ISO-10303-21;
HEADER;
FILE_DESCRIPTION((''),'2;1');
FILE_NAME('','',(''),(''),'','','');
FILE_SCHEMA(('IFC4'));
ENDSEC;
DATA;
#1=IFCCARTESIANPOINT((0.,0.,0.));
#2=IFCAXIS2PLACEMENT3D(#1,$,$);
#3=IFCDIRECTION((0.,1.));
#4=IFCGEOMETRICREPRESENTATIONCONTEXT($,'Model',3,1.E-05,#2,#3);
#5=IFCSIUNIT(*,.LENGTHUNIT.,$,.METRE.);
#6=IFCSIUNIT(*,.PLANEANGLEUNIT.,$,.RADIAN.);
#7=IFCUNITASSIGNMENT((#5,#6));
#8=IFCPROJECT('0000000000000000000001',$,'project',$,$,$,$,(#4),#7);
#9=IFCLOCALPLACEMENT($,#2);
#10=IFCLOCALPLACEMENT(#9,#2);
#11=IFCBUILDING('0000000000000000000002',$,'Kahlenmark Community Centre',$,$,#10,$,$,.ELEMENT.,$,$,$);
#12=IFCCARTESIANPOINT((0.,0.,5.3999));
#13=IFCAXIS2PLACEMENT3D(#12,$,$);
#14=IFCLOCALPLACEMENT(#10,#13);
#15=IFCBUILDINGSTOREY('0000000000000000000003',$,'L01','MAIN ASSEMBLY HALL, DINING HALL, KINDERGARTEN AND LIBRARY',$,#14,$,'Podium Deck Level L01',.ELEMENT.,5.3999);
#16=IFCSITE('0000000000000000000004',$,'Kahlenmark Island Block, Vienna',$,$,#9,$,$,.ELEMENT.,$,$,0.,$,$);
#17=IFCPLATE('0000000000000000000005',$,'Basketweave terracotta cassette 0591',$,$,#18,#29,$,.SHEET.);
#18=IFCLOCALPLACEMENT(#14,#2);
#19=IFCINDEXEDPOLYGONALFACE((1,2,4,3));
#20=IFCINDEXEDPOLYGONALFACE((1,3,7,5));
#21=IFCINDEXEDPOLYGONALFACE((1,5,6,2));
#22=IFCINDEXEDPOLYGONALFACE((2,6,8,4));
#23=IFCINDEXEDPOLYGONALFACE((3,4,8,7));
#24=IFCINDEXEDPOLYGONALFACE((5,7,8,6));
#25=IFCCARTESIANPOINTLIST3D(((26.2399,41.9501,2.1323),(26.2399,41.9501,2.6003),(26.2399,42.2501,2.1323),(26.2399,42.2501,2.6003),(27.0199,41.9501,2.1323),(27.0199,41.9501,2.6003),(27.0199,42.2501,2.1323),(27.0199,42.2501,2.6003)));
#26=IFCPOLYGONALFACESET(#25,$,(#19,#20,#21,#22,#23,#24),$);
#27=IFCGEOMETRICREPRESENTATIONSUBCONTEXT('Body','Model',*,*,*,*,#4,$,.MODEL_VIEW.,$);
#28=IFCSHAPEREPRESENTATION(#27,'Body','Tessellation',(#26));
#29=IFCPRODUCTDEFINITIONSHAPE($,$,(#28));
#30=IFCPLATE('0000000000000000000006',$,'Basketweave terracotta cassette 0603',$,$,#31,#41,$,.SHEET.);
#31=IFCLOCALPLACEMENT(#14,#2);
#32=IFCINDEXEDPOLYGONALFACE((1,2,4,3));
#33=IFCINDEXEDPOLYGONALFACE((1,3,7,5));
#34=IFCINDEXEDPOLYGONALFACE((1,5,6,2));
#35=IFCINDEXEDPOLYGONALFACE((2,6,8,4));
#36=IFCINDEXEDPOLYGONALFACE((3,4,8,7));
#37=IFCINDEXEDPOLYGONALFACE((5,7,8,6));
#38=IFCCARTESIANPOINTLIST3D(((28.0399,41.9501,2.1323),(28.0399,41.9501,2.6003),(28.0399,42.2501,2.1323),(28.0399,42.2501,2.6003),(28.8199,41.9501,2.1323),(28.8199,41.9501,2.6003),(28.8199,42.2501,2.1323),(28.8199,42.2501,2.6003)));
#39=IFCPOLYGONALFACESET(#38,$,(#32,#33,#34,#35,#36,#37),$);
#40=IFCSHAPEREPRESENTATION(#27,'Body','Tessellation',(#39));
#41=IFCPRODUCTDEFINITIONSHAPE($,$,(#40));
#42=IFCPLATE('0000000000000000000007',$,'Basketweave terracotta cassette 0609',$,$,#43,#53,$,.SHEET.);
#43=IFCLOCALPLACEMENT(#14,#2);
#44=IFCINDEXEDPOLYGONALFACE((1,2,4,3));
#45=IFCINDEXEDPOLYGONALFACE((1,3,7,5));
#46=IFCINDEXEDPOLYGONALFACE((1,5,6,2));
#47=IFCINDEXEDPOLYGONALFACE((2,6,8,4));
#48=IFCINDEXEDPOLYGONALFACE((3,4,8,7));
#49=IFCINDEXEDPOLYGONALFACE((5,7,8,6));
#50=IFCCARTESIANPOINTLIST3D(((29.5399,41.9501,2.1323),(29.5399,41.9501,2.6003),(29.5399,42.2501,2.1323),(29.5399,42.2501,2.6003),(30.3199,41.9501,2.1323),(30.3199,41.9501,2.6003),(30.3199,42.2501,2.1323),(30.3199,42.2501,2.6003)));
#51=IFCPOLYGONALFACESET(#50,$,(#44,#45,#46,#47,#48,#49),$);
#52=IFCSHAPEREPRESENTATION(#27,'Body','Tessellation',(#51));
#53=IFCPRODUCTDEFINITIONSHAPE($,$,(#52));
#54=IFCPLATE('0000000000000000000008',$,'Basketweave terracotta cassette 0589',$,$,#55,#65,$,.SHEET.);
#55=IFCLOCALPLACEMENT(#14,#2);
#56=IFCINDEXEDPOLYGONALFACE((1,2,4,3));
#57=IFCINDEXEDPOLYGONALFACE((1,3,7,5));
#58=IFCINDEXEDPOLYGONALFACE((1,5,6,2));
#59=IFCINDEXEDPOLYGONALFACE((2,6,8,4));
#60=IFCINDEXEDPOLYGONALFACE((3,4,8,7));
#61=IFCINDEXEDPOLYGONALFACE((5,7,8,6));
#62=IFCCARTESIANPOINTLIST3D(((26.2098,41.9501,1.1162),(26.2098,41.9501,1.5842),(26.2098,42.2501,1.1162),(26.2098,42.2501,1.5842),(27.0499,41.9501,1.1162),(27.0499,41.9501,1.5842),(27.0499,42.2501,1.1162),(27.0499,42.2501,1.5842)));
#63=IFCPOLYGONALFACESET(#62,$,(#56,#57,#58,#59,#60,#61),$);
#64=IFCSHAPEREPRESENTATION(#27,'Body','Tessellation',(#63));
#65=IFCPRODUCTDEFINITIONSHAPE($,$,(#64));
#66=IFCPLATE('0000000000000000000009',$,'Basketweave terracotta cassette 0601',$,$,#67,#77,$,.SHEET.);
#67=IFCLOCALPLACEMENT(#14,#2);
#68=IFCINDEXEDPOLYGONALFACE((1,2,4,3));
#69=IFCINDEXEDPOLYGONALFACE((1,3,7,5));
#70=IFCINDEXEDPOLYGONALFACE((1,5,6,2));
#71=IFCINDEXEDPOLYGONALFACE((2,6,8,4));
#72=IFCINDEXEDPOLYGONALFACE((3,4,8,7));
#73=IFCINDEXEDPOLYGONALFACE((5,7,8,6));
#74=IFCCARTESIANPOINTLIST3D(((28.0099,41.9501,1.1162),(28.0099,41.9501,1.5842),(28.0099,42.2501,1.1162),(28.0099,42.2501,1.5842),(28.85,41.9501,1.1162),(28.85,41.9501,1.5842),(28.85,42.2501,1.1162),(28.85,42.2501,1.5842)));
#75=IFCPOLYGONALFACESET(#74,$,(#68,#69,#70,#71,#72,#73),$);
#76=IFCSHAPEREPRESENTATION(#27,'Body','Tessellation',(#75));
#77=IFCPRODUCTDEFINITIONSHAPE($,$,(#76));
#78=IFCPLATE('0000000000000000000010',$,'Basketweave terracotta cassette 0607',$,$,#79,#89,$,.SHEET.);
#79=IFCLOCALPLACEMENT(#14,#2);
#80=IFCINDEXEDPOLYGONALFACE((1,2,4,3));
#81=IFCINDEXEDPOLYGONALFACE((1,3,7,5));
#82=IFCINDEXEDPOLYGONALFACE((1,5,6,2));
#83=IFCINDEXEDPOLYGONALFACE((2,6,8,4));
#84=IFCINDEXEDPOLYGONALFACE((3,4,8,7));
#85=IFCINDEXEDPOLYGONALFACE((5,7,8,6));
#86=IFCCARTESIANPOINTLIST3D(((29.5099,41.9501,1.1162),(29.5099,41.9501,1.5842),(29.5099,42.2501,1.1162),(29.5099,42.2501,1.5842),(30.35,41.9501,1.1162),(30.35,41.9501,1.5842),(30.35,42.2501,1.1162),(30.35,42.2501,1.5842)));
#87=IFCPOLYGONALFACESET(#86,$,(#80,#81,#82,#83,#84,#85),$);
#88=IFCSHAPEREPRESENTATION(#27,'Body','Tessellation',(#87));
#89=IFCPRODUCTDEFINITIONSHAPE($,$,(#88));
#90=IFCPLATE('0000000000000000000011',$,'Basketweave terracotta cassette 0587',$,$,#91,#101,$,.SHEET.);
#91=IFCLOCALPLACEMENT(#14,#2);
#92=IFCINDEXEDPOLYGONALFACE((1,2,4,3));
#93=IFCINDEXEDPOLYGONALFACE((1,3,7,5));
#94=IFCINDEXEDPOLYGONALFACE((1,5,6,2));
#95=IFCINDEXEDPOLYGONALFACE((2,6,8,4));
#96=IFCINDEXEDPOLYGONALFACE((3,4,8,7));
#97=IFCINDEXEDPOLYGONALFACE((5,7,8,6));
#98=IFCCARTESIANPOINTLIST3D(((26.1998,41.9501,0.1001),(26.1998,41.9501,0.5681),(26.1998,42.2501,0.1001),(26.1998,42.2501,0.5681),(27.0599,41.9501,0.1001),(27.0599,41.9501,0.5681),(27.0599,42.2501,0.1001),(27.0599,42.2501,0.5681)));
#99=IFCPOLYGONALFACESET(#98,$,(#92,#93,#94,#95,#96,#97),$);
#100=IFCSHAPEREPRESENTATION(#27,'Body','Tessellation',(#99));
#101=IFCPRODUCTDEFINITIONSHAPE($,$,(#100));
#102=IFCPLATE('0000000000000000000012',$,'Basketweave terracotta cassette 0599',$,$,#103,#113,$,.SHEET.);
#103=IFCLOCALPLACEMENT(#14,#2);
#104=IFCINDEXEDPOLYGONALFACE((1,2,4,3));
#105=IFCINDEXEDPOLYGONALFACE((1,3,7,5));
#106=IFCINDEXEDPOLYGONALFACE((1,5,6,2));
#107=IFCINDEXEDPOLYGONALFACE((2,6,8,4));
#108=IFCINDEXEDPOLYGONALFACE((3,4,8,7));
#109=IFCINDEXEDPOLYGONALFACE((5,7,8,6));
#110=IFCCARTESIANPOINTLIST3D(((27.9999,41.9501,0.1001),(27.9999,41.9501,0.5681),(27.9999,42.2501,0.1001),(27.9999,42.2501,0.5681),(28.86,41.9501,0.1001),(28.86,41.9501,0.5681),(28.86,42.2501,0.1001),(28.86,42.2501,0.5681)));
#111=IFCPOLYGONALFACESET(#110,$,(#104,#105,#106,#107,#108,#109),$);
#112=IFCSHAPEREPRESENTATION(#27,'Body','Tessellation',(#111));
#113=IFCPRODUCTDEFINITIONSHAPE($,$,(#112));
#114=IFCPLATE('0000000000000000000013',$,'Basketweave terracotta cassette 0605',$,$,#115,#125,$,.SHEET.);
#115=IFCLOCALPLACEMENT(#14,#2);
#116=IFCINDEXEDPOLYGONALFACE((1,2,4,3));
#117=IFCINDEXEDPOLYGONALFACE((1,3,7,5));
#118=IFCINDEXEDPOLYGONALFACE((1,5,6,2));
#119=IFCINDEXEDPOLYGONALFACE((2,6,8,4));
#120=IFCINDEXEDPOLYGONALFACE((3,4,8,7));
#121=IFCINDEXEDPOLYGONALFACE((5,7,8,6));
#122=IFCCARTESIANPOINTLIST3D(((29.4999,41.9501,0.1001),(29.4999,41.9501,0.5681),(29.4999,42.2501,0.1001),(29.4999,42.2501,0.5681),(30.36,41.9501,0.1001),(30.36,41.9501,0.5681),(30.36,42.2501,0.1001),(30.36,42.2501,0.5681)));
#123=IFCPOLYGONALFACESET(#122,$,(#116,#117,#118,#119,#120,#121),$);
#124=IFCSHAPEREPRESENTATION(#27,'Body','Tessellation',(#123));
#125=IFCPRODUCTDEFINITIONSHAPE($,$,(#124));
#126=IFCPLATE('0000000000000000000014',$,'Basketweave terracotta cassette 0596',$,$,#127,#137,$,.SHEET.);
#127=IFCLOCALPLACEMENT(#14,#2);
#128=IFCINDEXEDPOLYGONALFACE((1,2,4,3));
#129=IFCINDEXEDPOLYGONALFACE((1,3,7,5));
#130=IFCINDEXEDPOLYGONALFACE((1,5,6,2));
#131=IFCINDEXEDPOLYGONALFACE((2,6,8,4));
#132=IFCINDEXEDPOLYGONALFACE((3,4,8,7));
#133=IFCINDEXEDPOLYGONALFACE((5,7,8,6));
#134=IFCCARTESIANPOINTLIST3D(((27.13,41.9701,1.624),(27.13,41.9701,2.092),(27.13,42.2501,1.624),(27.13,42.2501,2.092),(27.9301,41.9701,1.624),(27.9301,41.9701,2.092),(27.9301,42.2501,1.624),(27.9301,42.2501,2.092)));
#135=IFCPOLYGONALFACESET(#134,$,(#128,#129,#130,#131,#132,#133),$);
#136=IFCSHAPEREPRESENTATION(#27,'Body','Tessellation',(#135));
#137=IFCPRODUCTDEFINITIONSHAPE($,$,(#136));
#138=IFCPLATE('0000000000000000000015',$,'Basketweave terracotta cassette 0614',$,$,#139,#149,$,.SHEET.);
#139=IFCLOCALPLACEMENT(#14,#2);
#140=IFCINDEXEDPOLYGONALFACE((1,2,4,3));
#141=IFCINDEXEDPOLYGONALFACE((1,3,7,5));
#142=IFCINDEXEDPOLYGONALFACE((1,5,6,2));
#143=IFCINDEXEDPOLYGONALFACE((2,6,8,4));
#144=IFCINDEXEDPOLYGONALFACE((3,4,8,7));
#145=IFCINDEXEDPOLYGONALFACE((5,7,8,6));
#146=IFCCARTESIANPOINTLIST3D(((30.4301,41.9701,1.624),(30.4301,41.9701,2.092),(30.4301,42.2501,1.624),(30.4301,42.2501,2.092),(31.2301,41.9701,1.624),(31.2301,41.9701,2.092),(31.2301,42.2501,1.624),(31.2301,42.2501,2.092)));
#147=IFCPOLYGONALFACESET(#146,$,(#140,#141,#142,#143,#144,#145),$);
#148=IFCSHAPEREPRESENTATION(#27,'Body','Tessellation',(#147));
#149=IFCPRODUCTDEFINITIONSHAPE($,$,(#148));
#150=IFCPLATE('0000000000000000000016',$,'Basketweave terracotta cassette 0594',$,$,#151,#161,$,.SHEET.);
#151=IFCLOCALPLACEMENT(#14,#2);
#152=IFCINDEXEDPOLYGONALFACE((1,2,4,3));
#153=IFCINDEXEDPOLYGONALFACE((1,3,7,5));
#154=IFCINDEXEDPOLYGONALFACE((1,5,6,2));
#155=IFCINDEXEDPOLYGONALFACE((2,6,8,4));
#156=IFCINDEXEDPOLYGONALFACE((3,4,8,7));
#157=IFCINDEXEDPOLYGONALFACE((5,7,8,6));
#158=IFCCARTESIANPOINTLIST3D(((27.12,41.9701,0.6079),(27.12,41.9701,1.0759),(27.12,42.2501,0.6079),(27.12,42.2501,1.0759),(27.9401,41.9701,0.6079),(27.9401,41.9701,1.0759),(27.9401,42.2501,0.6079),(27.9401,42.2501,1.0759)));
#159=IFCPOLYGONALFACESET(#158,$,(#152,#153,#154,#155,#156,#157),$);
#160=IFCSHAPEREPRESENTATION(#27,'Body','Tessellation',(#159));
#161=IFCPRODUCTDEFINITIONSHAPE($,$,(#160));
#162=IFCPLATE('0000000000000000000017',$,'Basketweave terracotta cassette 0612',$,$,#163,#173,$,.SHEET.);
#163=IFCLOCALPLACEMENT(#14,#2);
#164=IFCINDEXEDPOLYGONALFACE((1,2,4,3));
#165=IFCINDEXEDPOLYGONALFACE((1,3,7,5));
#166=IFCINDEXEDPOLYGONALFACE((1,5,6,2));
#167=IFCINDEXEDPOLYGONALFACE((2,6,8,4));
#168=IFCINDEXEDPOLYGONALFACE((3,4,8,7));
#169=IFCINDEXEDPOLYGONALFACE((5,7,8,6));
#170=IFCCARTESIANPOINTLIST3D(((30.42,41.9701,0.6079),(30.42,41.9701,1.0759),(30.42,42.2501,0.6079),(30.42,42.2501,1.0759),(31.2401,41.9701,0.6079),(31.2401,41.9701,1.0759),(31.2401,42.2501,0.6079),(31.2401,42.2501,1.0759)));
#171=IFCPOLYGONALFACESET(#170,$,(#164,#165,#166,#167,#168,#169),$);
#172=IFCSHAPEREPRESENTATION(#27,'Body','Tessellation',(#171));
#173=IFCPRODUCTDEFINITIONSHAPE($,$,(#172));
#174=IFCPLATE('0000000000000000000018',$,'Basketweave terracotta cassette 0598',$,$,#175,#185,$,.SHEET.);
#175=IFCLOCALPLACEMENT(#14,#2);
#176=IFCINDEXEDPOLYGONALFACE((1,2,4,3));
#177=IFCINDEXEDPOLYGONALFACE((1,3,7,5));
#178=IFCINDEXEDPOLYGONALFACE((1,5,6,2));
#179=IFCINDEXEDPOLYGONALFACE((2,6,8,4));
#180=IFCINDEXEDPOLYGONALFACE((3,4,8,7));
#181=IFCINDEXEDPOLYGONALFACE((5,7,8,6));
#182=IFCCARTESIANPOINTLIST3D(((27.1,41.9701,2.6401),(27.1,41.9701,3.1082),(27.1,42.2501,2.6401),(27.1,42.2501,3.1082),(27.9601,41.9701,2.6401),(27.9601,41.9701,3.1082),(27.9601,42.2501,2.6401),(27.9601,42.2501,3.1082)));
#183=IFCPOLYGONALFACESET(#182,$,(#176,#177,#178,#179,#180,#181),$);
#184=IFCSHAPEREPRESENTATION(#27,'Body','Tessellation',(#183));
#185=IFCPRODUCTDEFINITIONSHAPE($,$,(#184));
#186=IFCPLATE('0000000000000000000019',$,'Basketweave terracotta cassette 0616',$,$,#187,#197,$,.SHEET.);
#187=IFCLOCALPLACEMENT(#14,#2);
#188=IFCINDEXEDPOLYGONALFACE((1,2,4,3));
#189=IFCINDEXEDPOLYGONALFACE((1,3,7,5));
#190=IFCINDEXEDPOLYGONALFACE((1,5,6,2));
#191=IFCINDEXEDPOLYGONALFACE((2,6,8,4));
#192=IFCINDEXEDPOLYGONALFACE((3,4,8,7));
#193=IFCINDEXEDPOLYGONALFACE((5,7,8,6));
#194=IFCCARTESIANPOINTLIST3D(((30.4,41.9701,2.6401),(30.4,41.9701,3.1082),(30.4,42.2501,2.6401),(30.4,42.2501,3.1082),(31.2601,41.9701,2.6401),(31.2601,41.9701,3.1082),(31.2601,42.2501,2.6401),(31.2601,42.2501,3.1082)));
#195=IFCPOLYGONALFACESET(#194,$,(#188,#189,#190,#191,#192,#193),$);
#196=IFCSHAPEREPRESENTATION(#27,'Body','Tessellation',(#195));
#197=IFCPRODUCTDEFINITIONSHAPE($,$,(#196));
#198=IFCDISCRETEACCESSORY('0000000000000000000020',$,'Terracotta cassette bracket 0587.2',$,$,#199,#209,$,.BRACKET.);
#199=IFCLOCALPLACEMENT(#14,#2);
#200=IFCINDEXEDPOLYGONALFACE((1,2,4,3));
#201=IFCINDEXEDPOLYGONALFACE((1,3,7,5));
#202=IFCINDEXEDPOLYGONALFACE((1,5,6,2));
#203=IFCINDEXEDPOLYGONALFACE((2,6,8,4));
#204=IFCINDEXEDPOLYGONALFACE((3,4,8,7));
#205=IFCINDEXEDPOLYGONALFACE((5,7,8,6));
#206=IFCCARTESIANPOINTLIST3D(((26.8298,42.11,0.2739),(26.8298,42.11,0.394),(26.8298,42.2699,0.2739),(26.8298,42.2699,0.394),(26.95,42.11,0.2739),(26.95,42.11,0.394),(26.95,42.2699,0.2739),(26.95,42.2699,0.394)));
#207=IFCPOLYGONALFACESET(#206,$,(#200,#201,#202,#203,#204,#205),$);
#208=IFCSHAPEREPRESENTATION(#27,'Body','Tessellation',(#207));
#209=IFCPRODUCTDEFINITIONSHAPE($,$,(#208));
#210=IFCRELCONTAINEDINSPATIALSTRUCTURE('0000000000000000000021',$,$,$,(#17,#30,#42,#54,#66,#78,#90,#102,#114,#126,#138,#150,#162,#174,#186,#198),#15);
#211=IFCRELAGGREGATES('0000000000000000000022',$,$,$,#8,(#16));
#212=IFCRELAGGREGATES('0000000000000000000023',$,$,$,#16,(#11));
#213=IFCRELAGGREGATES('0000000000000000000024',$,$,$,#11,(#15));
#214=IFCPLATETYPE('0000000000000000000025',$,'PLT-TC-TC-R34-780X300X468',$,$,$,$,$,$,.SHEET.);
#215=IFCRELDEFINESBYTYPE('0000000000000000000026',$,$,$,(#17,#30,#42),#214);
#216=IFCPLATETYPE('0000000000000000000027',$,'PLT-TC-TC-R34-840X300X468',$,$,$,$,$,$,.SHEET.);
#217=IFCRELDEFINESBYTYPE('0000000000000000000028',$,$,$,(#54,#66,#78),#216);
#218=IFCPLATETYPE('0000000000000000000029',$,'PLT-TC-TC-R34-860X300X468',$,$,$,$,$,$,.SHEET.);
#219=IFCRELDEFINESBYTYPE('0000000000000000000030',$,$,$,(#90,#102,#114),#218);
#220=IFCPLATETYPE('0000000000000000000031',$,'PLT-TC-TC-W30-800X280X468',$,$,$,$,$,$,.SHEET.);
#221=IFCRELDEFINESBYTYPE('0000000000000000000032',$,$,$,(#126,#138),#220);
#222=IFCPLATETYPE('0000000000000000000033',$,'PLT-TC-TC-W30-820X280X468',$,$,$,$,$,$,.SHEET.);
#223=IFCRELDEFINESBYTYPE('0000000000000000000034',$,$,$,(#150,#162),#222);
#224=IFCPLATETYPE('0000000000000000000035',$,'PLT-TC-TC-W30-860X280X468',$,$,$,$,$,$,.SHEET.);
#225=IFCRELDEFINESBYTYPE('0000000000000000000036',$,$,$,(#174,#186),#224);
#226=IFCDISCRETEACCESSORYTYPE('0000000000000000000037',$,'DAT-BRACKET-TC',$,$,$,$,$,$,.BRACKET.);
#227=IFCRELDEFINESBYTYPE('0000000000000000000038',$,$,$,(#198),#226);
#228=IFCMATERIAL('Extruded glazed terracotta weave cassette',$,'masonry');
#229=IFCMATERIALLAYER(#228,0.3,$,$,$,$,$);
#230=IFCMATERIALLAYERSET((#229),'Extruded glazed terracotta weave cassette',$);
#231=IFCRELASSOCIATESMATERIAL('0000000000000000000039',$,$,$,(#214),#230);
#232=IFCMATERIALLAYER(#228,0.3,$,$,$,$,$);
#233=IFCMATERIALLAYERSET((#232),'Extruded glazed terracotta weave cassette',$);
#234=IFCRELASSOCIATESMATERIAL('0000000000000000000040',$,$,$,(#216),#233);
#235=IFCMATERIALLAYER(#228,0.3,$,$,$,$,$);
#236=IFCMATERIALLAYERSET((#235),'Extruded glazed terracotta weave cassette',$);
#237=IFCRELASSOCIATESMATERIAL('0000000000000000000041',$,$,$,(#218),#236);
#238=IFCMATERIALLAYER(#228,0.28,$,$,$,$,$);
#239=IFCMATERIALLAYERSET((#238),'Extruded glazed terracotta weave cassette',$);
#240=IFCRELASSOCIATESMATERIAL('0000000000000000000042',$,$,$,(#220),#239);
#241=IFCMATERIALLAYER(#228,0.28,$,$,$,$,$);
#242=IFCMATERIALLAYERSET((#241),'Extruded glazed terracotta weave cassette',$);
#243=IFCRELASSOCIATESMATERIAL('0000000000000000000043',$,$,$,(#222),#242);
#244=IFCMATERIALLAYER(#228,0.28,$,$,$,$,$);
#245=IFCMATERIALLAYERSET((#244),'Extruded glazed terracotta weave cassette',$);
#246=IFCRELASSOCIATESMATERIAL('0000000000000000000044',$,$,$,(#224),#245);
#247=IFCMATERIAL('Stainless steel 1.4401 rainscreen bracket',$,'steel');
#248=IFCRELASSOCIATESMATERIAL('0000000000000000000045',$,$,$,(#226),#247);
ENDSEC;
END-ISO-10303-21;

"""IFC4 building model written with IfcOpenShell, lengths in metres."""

from ifc_helpers import new_model, si_unit, direction, frame, origin, origin_2d, place, context, subcontext, project, spatial, rectangle, extrude, material, layer, layer_set, type_object, element, save


model = new_model("IFC4")

# Units and contexts
model_context = context("Model", 3, precision=1e-05, world=origin(), true_north=direction((0.0, 1.0)))
body_context = subcontext(model_context, "Body", "Model", "MODEL_VIEW")
ifc_project = project(units=[si_unit("LENGTHUNIT", "METRE"), si_unit("PLANEANGLEUNIT", "RADIAN")], contexts=[model_context])

# Site, building, storey
site_placement = place(None, origin())
site = spatial("IfcSite", under=ifc_project, at=site_placement, Name="Kahlenmark Island Block, Vienna", CompositionType="ELEMENT", RefElevation=0.0)
building_placement = place(site_placement, origin())
building = spatial("IfcBuilding", under=site, at=building_placement, Name="Kahlenmark Community Centre", CompositionType="ELEMENT")
storey_placement = place(building_placement, frame((0.0, 0.0, 5.3999)))
storey = spatial("IfcBuildingStorey", under=building, at=storey_placement, Name="L01", Description="MAIN ASSEMBLY HALL, DINING HALL, KINDERGARTEN AND LIBRARY", LongName="Podium Deck Level L01", CompositionType="ELEMENT", Elevation=5.3999)

# Plates
ifc_material_1 = material(Name="Extruded glazed terracotta weave cassette", Category="masonry")
ifc_layer_1 = layer(ifc_material_1, 0.3)
ifc_layer_set_1 = layer_set([ifc_layer_1], Name="Extruded glazed terracotta weave cassette")
plate_type_1 = type_object("IfcPlateType", Name="PLT-TC-TC-R34-780X300X468", PredefinedType="SHEET", material=ifc_layer_set_1)
for number, where, z_axis, x_axis, name in (
    (1, (26.6299, 42.1001, 2.1323), (0.0, 0.0, 1.0), (1.0, 0.0, 0.0), "Basketweave terracotta cassette 0591"),
    (2, (28.4299, 42.1001, 2.1323), (0.0, 0.0, 1.0), (1.0, 0.0, 0.0), "Basketweave terracotta cassette 0603"),
    (3, (29.9299, 42.1001, 2.1323), (0.0, 0.0, 1.0), (1.0, 0.0, 0.0), "Basketweave terracotta cassette 0609"),
):
    element("IfcPlate", number, at=place(storey_placement, frame(where, z_axis=z_axis, x_axis=x_axis)), inside=storey, type_object=plate_type_1, Name=name, PredefinedType="SHEET", context=body_context, shape_type="SweptSolid", body=[
        extrude(rectangle(XDim=0.78, YDim=0.3, at=origin_2d()), origin(), (0.0, 0.0, 1.0), 0.468),
    ])
ifc_layer_2 = layer(ifc_material_1, 0.3)
ifc_layer_set_2 = layer_set([ifc_layer_2], Name="Extruded glazed terracotta weave cassette")
plate_type_2 = type_object("IfcPlateType", Name="PLT-TC-TC-R34-840X300X468", PredefinedType="SHEET", material=ifc_layer_set_2)
for number, where, z_axis, x_axis, name in (
    (4, (26.6299, 42.1001, 1.1162), (0.0, 0.0, 1.0), (1.0, 0.0, 0.0), "Basketweave terracotta cassette 0589"),
    (5, (28.4299, 42.1001, 1.1162), (0.0, 0.0, 1.0), (1.0, 0.0, 0.0), "Basketweave terracotta cassette 0601"),
    (6, (29.9299, 42.1001, 1.1162), (0.0, 0.0, 1.0), (1.0, 0.0, 0.0), "Basketweave terracotta cassette 0607"),
):
    element("IfcPlate", number, at=place(storey_placement, frame(where, z_axis=z_axis, x_axis=x_axis)), inside=storey, type_object=plate_type_2, Name=name, PredefinedType="SHEET", context=body_context, shape_type="SweptSolid", body=[
        extrude(rectangle(XDim=0.8401, YDim=0.3, at=origin_2d()), origin(), (0.0, 0.0, 1.0), 0.468),
    ])
ifc_layer_3 = layer(ifc_material_1, 0.3)
ifc_layer_set_3 = layer_set([ifc_layer_3], Name="Extruded glazed terracotta weave cassette")
plate_type_3 = type_object("IfcPlateType", Name="PLT-TC-TC-R34-860X300X468", PredefinedType="SHEET", material=ifc_layer_set_3)
for number, where, z_axis, x_axis, name in (
    (7, (26.6299, 42.1001, 0.1001), (0.0, 0.0, 1.0), (1.0, 0.0, 0.0), "Basketweave terracotta cassette 0587"),
    (8, (28.4299, 42.1001, 0.1001), (0.0, 0.0, 1.0), (1.0, 0.0, 0.0), "Basketweave terracotta cassette 0599"),
    (9, (29.9299, 42.1001, 0.1001), (0.0, 0.0, 1.0), (1.0, 0.0, 0.0), "Basketweave terracotta cassette 0605"),
):
    element("IfcPlate", number, at=place(storey_placement, frame(where, z_axis=z_axis, x_axis=x_axis)), inside=storey, type_object=plate_type_3, Name=name, PredefinedType="SHEET", context=body_context, shape_type="SweptSolid", body=[
        extrude(rectangle(XDim=0.8601, YDim=0.3, at=origin_2d()), origin(), (0.0, 0.0, 1.0), 0.468),
    ])
ifc_layer_4 = layer(ifc_material_1, 0.28)
ifc_layer_set_4 = layer_set([ifc_layer_4], Name="Extruded glazed terracotta weave cassette")
plate_type_4 = type_object("IfcPlateType", Name="PLT-TC-TC-W30-800X280X468", PredefinedType="SHEET", material=ifc_layer_set_4)
for number, where, z_axis, x_axis, name in (
    (10, (27.53, 42.1101, 1.624), (0.0, 0.0, 1.0), (1.0, 0.0, 0.0), "Basketweave terracotta cassette 0596"),
    (11, (30.8301, 42.1101, 1.624), (0.0, 0.0, 1.0), (1.0, 0.0, 0.0), "Basketweave terracotta cassette 0614"),
):
    element("IfcPlate", number, at=place(storey_placement, frame(where, z_axis=z_axis, x_axis=x_axis)), inside=storey, type_object=plate_type_4, Name=name, PredefinedType="SHEET", context=body_context, shape_type="SweptSolid", body=[
        extrude(rectangle(XDim=0.8, YDim=0.28, at=origin_2d()), origin(), (0.0, 0.0, 1.0), 0.468),
    ])
ifc_layer_5 = layer(ifc_material_1, 0.28)
ifc_layer_set_5 = layer_set([ifc_layer_5], Name="Extruded glazed terracotta weave cassette")
plate_type_5 = type_object("IfcPlateType", Name="PLT-TC-TC-W30-820X280X468", PredefinedType="SHEET", material=ifc_layer_set_5)
for number, where, z_axis, x_axis, name in (
    (12, (27.53, 42.1101, 0.6079), (0.0, 0.0, 1.0), (1.0, 0.0, 0.0), "Basketweave terracotta cassette 0594"),
    (13, (30.8301, 42.1101, 0.6079), (0.0, 0.0, 1.0), (1.0, 0.0, 0.0), "Basketweave terracotta cassette 0612"),
):
    element("IfcPlate", number, at=place(storey_placement, frame(where, z_axis=z_axis, x_axis=x_axis)), inside=storey, type_object=plate_type_5, Name=name, PredefinedType="SHEET", context=body_context, shape_type="SweptSolid", body=[
        extrude(rectangle(XDim=0.8201, YDim=0.28, at=origin_2d()), origin(), (0.0, 0.0, 1.0), 0.468),
    ])
ifc_layer_6 = layer(ifc_material_1, 0.28)
ifc_layer_set_6 = layer_set([ifc_layer_6], Name="Extruded glazed terracotta weave cassette")
plate_type_6 = type_object("IfcPlateType", Name="PLT-TC-TC-W30-860X280X468", PredefinedType="SHEET", material=ifc_layer_set_6)
for number, where, z_axis, x_axis, name in (
    (14, (27.53, 42.1101, 2.6401), (0.0, 0.0, 1.0), (1.0, 0.0, 0.0), "Basketweave terracotta cassette 0598"),
    (15, (30.8301, 42.1101, 2.6401), (0.0, 0.0, 1.0), (1.0, 0.0, 0.0), "Basketweave terracotta cassette 0616"),
):
    element("IfcPlate", number, at=place(storey_placement, frame(where, z_axis=z_axis, x_axis=x_axis)), inside=storey, type_object=plate_type_6, Name=name, PredefinedType="SHEET", context=body_context, shape_type="SweptSolid", body=[
        extrude(rectangle(XDim=0.8601, YDim=0.28, at=origin_2d()), origin(), (0.0, 0.0, 1.0), 0.468),
    ])

# Discrete accessory
ifc_material_2 = material(Name="Stainless steel 1.4401 rainscreen bracket", Category="steel")
discrete_accessory_type = type_object("IfcDiscreteAccessoryType", Name="DAT-BRACKET-TC", PredefinedType="BRACKET", material=ifc_material_2)
for number, where, z_axis, x_axis, name in (
    (16, (26.8899, 42.1899, 0.2739), (0.0, 0.0, 1.0), (1.0, 0.0, 0.0), "Terracotta cassette bracket 0587.2"),
):
    element("IfcDiscreteAccessory", number, at=place(storey_placement, frame(where, z_axis=z_axis, x_axis=x_axis)), inside=storey, type_object=discrete_accessory_type, Name=name, PredefinedType="BRACKET", context=body_context, shape_type="SweptSolid", body=[
        extrude(rectangle(XDim=0.1201, YDim=0.1599, at=origin_2d()), origin(), (0.0, 0.0, 1.0), 0.1201),
    ])

save(model, "model.ifc")
